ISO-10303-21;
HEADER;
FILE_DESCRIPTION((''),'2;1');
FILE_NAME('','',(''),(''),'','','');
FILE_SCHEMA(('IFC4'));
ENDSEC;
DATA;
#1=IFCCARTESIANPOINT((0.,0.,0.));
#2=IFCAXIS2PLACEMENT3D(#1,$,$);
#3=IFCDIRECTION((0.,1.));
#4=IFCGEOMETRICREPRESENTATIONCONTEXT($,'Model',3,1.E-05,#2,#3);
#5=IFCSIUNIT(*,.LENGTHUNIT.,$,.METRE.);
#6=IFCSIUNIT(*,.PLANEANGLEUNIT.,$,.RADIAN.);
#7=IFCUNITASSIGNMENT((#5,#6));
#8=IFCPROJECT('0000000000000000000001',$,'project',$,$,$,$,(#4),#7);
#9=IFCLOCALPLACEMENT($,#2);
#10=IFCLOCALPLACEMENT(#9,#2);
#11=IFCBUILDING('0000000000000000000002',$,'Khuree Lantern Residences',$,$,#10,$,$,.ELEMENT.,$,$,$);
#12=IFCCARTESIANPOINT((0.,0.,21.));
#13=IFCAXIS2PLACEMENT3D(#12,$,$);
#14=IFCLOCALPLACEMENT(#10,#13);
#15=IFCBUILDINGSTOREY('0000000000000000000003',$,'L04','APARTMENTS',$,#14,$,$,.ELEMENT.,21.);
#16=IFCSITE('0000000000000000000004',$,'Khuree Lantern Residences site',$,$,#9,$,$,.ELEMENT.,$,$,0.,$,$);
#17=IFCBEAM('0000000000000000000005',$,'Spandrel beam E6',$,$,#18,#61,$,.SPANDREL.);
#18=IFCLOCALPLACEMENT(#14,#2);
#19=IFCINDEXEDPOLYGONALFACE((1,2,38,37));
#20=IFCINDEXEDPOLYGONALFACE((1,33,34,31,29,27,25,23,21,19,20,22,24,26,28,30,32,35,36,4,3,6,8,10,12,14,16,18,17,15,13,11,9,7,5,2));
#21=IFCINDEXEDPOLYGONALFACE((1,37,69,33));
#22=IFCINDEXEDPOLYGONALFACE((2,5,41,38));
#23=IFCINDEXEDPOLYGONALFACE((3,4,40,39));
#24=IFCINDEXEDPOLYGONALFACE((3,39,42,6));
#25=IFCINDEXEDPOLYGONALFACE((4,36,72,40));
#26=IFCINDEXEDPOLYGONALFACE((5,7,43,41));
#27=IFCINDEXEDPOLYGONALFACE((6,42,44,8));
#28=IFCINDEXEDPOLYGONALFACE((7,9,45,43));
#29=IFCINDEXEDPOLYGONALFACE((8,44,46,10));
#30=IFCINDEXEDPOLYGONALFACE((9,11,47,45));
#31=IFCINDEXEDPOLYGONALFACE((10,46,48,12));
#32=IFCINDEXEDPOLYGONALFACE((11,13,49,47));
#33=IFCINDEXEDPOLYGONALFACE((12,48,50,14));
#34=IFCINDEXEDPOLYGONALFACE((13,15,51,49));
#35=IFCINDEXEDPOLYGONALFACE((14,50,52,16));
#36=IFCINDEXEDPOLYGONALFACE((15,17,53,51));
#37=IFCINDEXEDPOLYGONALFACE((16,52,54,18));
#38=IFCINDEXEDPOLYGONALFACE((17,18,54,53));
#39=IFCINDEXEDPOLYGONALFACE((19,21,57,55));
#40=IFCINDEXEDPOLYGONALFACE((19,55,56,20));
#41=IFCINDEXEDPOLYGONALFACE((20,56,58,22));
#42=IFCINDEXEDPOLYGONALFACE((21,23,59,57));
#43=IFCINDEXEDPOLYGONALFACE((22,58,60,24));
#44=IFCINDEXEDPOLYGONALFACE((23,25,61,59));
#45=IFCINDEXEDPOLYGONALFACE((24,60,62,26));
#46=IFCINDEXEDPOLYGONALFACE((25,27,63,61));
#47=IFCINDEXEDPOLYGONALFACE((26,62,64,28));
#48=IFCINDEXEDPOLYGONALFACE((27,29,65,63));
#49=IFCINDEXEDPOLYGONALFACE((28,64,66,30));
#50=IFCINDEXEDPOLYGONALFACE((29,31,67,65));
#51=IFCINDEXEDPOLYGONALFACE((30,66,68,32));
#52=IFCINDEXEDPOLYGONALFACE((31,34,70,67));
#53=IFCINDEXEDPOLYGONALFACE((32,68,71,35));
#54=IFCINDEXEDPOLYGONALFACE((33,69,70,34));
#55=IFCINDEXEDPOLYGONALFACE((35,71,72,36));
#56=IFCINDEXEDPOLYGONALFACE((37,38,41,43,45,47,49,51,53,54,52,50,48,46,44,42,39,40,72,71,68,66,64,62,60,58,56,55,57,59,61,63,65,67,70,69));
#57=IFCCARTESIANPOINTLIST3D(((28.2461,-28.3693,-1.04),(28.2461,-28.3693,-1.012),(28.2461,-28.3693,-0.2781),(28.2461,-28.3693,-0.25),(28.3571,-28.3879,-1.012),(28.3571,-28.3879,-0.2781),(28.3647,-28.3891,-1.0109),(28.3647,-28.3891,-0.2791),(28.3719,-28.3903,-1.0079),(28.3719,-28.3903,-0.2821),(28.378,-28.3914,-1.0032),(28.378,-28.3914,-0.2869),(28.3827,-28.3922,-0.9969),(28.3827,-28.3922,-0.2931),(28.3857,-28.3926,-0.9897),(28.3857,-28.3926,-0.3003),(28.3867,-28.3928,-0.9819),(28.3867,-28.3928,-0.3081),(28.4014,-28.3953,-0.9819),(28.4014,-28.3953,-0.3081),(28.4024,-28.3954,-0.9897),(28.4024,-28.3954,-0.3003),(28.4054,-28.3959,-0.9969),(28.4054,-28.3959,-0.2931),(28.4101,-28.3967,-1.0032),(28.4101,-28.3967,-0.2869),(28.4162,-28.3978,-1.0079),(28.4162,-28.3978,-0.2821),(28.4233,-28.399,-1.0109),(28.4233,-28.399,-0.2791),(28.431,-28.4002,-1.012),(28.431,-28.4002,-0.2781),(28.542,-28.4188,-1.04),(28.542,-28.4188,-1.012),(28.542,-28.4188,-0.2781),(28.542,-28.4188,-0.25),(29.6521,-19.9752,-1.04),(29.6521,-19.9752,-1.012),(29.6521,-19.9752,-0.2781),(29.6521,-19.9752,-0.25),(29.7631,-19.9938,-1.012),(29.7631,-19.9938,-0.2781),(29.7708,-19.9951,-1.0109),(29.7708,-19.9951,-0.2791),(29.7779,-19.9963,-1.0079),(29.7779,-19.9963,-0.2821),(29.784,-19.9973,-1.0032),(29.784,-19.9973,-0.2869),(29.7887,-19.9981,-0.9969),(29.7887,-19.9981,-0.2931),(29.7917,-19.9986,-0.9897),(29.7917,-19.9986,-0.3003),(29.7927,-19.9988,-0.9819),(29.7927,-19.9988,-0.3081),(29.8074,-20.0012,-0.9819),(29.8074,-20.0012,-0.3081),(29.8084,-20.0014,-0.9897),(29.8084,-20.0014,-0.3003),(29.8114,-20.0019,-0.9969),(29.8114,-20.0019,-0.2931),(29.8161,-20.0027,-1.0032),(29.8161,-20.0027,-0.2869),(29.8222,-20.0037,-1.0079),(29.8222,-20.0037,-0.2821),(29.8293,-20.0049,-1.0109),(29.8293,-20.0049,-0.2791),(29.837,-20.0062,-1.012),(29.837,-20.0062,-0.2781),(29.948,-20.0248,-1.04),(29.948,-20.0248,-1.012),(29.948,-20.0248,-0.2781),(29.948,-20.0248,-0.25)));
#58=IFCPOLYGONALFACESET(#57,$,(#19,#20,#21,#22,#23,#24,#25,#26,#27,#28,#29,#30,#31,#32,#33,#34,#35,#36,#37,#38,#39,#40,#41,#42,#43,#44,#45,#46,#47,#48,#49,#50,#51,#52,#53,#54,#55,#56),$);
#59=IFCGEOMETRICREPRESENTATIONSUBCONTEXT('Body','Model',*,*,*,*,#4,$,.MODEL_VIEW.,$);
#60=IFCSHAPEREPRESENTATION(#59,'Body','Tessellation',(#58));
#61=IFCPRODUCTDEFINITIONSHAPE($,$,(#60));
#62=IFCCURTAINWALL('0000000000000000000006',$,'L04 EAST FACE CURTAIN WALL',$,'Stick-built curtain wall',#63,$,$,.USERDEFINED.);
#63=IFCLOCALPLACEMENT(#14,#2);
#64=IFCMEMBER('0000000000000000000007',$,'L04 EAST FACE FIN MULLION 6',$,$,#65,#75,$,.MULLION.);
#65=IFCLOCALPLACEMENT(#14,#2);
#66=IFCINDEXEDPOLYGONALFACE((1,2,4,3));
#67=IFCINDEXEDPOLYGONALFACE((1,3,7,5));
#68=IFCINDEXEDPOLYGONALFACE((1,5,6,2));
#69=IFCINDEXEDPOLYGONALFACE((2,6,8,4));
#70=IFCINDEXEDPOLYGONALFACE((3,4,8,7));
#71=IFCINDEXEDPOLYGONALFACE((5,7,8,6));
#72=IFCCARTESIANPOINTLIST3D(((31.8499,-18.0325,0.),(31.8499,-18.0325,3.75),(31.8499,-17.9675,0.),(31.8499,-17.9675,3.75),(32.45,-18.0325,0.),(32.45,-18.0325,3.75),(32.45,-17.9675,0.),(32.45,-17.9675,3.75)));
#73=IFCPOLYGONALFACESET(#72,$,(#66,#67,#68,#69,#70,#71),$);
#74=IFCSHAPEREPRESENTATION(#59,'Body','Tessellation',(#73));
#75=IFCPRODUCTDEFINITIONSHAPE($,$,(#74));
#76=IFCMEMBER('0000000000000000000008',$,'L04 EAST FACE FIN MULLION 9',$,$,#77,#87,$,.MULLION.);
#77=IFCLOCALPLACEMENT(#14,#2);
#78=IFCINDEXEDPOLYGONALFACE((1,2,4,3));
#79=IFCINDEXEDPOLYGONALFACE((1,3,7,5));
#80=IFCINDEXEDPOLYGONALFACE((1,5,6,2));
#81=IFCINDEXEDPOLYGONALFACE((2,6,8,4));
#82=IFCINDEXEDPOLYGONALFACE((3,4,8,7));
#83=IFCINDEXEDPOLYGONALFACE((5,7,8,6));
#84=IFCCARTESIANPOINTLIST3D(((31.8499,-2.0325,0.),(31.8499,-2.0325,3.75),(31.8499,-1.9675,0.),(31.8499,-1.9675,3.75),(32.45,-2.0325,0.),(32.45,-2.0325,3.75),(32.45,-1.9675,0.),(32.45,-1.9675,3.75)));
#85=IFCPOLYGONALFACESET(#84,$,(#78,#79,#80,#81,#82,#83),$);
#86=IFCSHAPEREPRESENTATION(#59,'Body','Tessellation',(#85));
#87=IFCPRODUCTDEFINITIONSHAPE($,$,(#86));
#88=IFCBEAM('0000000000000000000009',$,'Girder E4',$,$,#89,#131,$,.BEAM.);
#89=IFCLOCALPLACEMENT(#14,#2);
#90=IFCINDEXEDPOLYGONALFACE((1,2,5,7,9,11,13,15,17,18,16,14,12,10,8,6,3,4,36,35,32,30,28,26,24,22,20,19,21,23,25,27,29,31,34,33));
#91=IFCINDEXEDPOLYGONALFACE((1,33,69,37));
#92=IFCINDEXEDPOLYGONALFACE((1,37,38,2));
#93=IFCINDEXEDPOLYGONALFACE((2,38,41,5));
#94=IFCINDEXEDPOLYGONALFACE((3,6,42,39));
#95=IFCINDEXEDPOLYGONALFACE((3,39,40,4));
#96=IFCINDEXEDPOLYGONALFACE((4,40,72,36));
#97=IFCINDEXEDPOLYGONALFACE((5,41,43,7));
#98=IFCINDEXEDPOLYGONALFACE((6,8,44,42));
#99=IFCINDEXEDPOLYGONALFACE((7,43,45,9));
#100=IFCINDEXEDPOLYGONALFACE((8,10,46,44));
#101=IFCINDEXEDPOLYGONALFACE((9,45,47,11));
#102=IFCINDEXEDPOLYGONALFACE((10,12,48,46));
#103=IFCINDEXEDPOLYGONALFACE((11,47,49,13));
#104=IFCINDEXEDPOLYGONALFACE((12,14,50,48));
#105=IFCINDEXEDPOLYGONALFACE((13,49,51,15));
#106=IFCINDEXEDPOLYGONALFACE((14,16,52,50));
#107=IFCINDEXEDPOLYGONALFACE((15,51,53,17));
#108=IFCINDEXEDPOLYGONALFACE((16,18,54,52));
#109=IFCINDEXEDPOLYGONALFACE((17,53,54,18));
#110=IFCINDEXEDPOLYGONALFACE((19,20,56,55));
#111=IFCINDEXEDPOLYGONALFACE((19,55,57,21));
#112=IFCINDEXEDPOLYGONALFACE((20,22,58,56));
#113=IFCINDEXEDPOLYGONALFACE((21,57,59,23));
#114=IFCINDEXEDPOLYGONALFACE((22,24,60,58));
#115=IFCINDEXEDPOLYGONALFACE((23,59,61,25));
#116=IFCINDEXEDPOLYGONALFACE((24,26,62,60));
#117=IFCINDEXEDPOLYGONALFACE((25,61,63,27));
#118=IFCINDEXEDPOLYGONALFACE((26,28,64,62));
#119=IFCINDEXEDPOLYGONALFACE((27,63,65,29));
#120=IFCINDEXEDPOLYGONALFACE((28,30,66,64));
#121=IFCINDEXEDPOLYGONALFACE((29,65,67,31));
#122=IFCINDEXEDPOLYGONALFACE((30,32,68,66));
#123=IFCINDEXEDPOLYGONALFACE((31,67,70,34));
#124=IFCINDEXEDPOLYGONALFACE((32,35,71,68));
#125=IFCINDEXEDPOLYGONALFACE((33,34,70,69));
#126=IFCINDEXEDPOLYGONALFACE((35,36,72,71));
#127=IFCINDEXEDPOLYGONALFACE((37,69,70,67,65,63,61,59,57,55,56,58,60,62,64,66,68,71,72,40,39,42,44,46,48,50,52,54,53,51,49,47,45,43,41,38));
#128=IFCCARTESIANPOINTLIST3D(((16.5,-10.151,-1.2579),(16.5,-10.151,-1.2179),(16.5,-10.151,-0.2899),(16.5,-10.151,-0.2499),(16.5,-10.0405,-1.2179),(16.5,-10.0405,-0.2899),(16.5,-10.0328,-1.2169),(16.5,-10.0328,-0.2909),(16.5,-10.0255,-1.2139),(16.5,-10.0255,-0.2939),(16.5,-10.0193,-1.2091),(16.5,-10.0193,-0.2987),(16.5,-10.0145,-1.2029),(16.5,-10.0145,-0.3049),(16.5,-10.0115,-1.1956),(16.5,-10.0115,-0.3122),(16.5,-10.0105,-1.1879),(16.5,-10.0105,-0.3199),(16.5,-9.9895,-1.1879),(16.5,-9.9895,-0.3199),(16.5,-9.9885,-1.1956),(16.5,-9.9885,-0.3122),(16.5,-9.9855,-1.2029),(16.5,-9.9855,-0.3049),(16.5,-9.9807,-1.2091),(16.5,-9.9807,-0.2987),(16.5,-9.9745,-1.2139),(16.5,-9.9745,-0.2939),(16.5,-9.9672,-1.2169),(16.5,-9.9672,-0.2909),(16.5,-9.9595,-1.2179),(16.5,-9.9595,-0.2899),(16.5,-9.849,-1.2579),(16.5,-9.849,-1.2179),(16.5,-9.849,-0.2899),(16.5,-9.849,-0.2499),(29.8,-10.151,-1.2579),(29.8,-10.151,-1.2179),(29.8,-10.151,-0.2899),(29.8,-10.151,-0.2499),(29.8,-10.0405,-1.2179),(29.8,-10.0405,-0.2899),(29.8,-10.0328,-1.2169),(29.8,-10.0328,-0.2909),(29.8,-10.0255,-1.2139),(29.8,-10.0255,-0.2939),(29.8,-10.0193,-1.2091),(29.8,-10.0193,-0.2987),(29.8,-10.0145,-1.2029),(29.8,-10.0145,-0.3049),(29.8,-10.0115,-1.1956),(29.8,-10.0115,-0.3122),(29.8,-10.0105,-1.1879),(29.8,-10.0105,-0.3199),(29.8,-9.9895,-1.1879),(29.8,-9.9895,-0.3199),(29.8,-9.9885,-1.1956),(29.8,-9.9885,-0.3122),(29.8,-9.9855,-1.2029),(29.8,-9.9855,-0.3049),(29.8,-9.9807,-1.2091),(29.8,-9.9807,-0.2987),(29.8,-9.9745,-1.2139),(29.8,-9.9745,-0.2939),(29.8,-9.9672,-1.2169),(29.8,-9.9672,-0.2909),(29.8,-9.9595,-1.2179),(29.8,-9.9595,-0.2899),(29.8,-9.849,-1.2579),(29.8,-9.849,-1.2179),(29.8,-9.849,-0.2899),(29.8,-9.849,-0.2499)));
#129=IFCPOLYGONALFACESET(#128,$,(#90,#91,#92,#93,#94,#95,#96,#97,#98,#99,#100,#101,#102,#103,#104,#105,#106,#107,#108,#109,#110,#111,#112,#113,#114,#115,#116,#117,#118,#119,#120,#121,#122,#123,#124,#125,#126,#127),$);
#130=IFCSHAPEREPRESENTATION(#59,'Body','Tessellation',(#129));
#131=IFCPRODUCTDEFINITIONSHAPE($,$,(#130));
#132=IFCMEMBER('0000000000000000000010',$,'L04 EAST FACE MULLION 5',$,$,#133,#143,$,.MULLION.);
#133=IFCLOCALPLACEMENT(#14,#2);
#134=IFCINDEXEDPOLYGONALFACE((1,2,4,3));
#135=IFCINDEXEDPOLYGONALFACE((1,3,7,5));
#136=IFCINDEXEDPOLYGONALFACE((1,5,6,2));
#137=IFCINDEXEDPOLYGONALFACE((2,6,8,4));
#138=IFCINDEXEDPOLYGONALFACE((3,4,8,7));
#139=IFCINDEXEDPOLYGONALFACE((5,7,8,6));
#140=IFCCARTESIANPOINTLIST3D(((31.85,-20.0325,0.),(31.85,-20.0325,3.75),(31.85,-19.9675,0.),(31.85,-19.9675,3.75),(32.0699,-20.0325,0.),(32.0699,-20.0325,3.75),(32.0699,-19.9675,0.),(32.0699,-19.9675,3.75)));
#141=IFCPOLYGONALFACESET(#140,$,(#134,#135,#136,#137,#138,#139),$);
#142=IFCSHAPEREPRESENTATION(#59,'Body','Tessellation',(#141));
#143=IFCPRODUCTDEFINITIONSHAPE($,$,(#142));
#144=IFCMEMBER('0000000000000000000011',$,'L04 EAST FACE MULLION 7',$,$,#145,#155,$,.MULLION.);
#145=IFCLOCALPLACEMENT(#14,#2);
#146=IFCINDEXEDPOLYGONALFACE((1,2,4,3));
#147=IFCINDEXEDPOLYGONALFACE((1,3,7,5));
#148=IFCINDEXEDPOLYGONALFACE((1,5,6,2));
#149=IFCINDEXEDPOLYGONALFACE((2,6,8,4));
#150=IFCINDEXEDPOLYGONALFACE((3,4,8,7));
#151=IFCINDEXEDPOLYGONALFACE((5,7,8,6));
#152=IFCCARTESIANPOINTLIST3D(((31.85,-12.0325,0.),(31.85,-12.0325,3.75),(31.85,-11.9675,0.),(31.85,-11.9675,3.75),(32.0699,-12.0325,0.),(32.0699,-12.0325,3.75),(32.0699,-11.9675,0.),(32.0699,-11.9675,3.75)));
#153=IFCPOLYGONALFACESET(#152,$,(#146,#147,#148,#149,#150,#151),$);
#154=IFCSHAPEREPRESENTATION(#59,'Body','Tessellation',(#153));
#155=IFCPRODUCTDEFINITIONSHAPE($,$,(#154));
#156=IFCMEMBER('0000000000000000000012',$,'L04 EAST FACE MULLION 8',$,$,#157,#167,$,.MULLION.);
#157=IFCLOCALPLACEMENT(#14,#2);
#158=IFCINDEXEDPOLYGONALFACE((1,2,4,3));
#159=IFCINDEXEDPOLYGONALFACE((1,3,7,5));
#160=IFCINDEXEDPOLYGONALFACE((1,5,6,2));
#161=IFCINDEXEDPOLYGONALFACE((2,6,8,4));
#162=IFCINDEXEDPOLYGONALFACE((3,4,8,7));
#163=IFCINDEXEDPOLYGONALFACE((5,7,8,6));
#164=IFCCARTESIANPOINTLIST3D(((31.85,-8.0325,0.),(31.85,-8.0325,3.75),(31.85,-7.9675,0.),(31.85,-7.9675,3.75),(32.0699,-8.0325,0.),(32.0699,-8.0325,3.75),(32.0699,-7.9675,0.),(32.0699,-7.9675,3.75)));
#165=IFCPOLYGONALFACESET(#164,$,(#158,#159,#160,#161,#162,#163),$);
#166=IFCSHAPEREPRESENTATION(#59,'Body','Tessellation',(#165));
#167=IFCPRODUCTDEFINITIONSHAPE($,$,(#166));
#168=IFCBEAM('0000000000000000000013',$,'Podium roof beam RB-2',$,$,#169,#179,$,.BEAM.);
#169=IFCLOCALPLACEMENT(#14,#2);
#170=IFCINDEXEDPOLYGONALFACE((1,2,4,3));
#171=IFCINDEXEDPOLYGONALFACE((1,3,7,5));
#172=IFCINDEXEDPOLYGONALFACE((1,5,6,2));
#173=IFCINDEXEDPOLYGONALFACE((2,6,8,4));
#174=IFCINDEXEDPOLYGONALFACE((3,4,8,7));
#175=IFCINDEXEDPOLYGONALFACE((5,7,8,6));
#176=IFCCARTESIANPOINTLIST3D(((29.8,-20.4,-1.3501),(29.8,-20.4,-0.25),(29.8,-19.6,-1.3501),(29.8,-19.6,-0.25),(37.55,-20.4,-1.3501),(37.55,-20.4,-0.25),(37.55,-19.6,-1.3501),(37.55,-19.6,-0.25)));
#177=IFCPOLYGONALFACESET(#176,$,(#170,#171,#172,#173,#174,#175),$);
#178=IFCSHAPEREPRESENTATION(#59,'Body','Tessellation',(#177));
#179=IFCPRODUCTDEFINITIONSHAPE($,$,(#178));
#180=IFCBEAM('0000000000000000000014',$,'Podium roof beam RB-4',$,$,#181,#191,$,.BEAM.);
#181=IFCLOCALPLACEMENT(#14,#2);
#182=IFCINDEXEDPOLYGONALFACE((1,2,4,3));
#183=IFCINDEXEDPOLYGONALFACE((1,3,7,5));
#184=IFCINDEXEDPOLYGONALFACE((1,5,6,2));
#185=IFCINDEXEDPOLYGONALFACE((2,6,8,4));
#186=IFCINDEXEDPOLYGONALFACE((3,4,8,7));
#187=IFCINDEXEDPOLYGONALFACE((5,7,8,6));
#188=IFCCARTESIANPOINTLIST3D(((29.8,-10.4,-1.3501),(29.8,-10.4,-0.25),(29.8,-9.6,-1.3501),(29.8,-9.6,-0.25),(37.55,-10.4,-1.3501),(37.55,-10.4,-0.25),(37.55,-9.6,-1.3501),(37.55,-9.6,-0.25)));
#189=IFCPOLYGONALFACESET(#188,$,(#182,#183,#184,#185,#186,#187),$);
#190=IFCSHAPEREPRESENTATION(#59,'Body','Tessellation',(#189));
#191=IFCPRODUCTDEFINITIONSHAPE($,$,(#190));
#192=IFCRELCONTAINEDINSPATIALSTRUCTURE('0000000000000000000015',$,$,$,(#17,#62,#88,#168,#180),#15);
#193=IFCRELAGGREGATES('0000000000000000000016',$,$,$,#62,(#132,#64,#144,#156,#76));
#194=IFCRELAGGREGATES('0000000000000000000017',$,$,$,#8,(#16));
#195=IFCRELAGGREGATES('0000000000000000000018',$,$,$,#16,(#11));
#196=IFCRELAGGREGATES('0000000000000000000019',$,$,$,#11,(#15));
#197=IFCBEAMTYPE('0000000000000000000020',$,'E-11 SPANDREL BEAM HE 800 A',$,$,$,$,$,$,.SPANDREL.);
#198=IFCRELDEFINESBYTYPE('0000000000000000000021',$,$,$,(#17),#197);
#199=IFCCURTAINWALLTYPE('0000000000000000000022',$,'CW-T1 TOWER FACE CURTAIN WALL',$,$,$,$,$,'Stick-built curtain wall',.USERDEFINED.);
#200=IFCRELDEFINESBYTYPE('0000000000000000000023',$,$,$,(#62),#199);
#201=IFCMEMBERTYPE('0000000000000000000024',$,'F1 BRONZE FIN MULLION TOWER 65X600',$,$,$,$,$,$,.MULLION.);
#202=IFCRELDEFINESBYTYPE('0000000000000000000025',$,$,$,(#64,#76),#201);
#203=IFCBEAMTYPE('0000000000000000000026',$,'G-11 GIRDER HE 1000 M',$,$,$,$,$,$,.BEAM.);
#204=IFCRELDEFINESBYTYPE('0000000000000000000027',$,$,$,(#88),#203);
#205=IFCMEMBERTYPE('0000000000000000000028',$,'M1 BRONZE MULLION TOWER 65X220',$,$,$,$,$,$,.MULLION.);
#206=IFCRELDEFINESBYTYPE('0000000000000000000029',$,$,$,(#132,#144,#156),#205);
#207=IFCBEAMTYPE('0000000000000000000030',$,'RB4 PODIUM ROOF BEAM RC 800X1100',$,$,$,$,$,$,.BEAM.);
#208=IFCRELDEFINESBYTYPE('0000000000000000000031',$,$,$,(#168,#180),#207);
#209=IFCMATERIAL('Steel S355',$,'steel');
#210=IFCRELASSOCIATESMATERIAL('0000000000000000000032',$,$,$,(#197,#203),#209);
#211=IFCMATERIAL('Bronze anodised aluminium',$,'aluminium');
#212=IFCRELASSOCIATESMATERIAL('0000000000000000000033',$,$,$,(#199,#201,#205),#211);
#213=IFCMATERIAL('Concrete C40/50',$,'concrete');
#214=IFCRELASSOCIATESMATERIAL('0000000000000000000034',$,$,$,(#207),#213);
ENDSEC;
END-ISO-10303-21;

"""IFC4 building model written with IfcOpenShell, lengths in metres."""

from ifc_helpers import new_model, si_unit, direction, frame, origin, origin_2d, place, context, subcontext, project, spatial, rectangle, i_section, extrude, material, material_profile, profile_set, type_object, element, aggregate, save


model = new_model("IFC4")

# Units and contexts
model_context = context("Model", 3, precision=1e-05, world=origin(), true_north=direction((0.0, 1.0)))
body_context = subcontext(model_context, "Body", "Model", "MODEL_VIEW")
ifc_project = project(units=[si_unit("LENGTHUNIT", "METRE"), si_unit("PLANEANGLEUNIT", "RADIAN")], contexts=[model_context])

# Site, building, storey
site_placement = place(None, origin())
site = spatial("IfcSite", under=ifc_project, at=site_placement, Name="Khuree Lantern Residences site", CompositionType="ELEMENT", RefElevation=0.0)
building_placement = place(site_placement, origin())
building = spatial("IfcBuilding", under=site, at=building_placement, Name="Khuree Lantern Residences", CompositionType="ELEMENT")
storey_placement = place(building_placement, frame((0.0, 0.0, 21.0)))
storey = spatial("IfcBuildingStorey", under=building, at=storey_placement, Name="L04", Description="APARTMENTS", CompositionType="ELEMENT", Elevation=21.0)

# Beam
ifc_material_1 = material(Name="Steel S355", Category="steel")
ifc_material_profile_1 = material_profile(ifc_material_1, i_section(OverallWidth=0.3, OverallDepth=0.79, WebThickness=0.0149, FlangeThickness=0.0281, FilletRadius=0.03, at=origin_2d()), Name="HE 800 A")
ifc_profile_set_1 = profile_set([ifc_material_profile_1], Name="Steel S355")
beam_type_1 = type_object("IfcBeamType", Name="E-11 SPANDREL BEAM HE 800 A", PredefinedType="SPANDREL", material=ifc_profile_set_1)
beam_1_placement = place(storey_placement, frame((29.8, -20.0, -0.645), z_axis=(-0.165199, -0.98626, 0.0), x_axis=(0.98626, -0.165199, 0.0)))
element("IfcBeam", 1, at=beam_1_placement, inside=storey, type_object=beam_type_1, Name="Spandrel beam E6", PredefinedType="SPANDREL", context=body_context, shape_type="SweptSolid", body=[
    extrude(i_section(OverallWidth=0.3, OverallDepth=0.79, WebThickness=0.0149, FlangeThickness=0.0281, FilletRadius=0.03, at=origin_2d()), origin(), (0.0, 0.0, 1.0), 8.511),
])

# Curtain wall, members
ifc_material_2 = material(Name="Bronze anodised aluminium", Category="aluminium")
curtain_wall_type = type_object("IfcCurtainWallType", Name="CW-T1 TOWER FACE CURTAIN WALL", ElementType="Stick-built curtain wall", PredefinedType="USERDEFINED", material=ifc_material_2)
curtain_wall_placement = place(storey_placement, origin())
curtain_wall = element("IfcCurtainWall", 2, at=curtain_wall_placement, inside=storey, type_object=curtain_wall_type, Name="L04 EAST FACE CURTAIN WALL", ObjectType="Stick-built curtain wall", PredefinedType="USERDEFINED")
ifc_material_profile_2 = material_profile(ifc_material_2, rectangle(XDim=0.0649, YDim=0.6001, at=origin_2d()), Name="F1 65X600")
ifc_profile_set_2 = profile_set([ifc_material_profile_2], Name="Bronze anodised aluminium")
member_type_1 = type_object("IfcMemberType", Name="F1 BRONZE FIN MULLION TOWER 65X600", PredefinedType="MULLION", material=ifc_profile_set_2)
member_1_placement = place(storey_placement, frame((32.1499, -18.0, 0.0), z_axis=(0.0, 0.0, 1.0), x_axis=(0.0, 1.0, 0.0)))
member_1 = element("IfcMember", 3, at=member_1_placement, type_object=member_type_1, Name="L04 EAST FACE FIN MULLION 6", PredefinedType="MULLION", context=body_context, shape_type="SweptSolid", body=[
    extrude(rectangle(XDim=0.0649, YDim=0.6001, at=origin_2d()), origin(), (0.0, 0.0, 1.0), 3.75),
])
member_2_placement = place(storey_placement, frame((32.1499, -2.0, 0.0), z_axis=(0.0, 0.0, 1.0), x_axis=(0.0, 1.0, 0.0)))
member_2 = element("IfcMember", 4, at=member_2_placement, type_object=member_type_1, Name="L04 EAST FACE FIN MULLION 9", PredefinedType="MULLION", context=body_context, shape_type="SweptSolid", body=[
    extrude(rectangle(XDim=0.0649, YDim=0.6001, at=origin_2d()), origin(), (0.0, 0.0, 1.0), 3.75),
])

# Beam
ifc_material_profile_3 = material_profile(ifc_material_1, i_section(OverallWidth=0.302, OverallDepth=1.0081, WebThickness=0.021, FlangeThickness=0.04, FilletRadius=0.03, at=origin_2d()), Name="HE 1000 M")
ifc_profile_set_3 = profile_set([ifc_material_profile_3], Name="Steel S355")
beam_type_2 = type_object("IfcBeamType", Name="G-11 GIRDER HE 1000 M", PredefinedType="BEAM", material=ifc_profile_set_3)
beam_2_placement = place(storey_placement, frame((29.8, -10.0, -0.7539), z_axis=(-1.0, 0.0, 0.0), x_axis=(0.0, -1.0, 0.0)))
element("IfcBeam", 5, at=beam_2_placement, inside=storey, type_object=beam_type_2, Name="Girder E4", PredefinedType="BEAM", context=body_context, shape_type="SweptSolid", body=[
    extrude(i_section(OverallWidth=0.302, OverallDepth=1.0081, WebThickness=0.021, FlangeThickness=0.04, FilletRadius=0.03, at=origin_2d()), origin(), (0.0, 0.0, 1.0), 13.3),
])

# Members
ifc_material_profile_4 = material_profile(ifc_material_2, rectangle(XDim=0.0649, YDim=0.22, at=origin_2d()), Name="M1 65X220")
ifc_profile_set_4 = profile_set([ifc_material_profile_4], Name="Bronze anodised aluminium")
member_type_2 = type_object("IfcMemberType", Name="M1 BRONZE MULLION TOWER 65X220", PredefinedType="MULLION", material=ifc_profile_set_4)
member_3_placement = place(storey_placement, frame((31.96, -20.0, 0.0), z_axis=(0.0, 0.0, 1.0), x_axis=(0.0, 1.0, 0.0)))
member_3 = element("IfcMember", 6, at=member_3_placement, type_object=member_type_2, Name="L04 EAST FACE MULLION 5", PredefinedType="MULLION", context=body_context, shape_type="SweptSolid", body=[
    extrude(rectangle(XDim=0.0649, YDim=0.22, at=origin_2d()), origin(), (0.0, 0.0, 1.0), 3.75),
])
member_4_placement = place(storey_placement, frame((31.96, -12.0, 0.0), z_axis=(0.0, 0.0, 1.0), x_axis=(0.0, 1.0, 0.0)))
member_4 = element("IfcMember", 7, at=member_4_placement, type_object=member_type_2, Name="L04 EAST FACE MULLION 7", PredefinedType="MULLION", context=body_context, shape_type="SweptSolid", body=[
    extrude(rectangle(XDim=0.0649, YDim=0.22, at=origin_2d()), origin(), (0.0, 0.0, 1.0), 3.75),
])
member_5_placement = place(storey_placement, frame((31.96, -8.0, 0.0), z_axis=(0.0, 0.0, 1.0), x_axis=(0.0, 1.0, 0.0)))
member_5 = element("IfcMember", 8, at=member_5_placement, type_object=member_type_2, Name="L04 EAST FACE MULLION 8", PredefinedType="MULLION", context=body_context, shape_type="SweptSolid", body=[
    extrude(rectangle(XDim=0.0649, YDim=0.22, at=origin_2d()), origin(), (0.0, 0.0, 1.0), 3.75),
])

# Beams
ifc_material_3 = material(Name="Concrete C40/50", Category="concrete")
ifc_material_profile_5 = material_profile(ifc_material_3, rectangle(XDim=0.8, YDim=1.1001, at=origin_2d()), Name="RC 800X1100")
ifc_profile_set_5 = profile_set([ifc_material_profile_5], Name="Concrete C40/50")
beam_type_3 = type_object("IfcBeamType", Name="RB4 PODIUM ROOF BEAM RC 800X1100", PredefinedType="BEAM", material=ifc_profile_set_5)
for number, where, z_axis, x_axis, name in (
    (9, (29.8, -20.0, -0.8), (1.0, 0.0, 0.0), (0.0, 1.0, 0.0), "Podium roof beam RB-2"),
    (10, (29.8, -10.0, -0.8), (1.0, 0.0, 0.0), (0.0, 1.0, 0.0), "Podium roof beam RB-4"),
):
    element("IfcBeam", number, at=place(storey_placement, frame(where, z_axis=z_axis, x_axis=x_axis)), inside=storey, type_object=beam_type_3, Name=name, PredefinedType="BEAM", context=body_context, shape_type="SweptSolid", body=[
        extrude(rectangle(XDim=0.8, YDim=1.1001, at=origin_2d()), origin(), (0.0, 0.0, 1.0), 7.75),
    ])

aggregate(curtain_wall, [member_3, member_1, member_4, member_5, member_2])

save(model, "model.ifc")
